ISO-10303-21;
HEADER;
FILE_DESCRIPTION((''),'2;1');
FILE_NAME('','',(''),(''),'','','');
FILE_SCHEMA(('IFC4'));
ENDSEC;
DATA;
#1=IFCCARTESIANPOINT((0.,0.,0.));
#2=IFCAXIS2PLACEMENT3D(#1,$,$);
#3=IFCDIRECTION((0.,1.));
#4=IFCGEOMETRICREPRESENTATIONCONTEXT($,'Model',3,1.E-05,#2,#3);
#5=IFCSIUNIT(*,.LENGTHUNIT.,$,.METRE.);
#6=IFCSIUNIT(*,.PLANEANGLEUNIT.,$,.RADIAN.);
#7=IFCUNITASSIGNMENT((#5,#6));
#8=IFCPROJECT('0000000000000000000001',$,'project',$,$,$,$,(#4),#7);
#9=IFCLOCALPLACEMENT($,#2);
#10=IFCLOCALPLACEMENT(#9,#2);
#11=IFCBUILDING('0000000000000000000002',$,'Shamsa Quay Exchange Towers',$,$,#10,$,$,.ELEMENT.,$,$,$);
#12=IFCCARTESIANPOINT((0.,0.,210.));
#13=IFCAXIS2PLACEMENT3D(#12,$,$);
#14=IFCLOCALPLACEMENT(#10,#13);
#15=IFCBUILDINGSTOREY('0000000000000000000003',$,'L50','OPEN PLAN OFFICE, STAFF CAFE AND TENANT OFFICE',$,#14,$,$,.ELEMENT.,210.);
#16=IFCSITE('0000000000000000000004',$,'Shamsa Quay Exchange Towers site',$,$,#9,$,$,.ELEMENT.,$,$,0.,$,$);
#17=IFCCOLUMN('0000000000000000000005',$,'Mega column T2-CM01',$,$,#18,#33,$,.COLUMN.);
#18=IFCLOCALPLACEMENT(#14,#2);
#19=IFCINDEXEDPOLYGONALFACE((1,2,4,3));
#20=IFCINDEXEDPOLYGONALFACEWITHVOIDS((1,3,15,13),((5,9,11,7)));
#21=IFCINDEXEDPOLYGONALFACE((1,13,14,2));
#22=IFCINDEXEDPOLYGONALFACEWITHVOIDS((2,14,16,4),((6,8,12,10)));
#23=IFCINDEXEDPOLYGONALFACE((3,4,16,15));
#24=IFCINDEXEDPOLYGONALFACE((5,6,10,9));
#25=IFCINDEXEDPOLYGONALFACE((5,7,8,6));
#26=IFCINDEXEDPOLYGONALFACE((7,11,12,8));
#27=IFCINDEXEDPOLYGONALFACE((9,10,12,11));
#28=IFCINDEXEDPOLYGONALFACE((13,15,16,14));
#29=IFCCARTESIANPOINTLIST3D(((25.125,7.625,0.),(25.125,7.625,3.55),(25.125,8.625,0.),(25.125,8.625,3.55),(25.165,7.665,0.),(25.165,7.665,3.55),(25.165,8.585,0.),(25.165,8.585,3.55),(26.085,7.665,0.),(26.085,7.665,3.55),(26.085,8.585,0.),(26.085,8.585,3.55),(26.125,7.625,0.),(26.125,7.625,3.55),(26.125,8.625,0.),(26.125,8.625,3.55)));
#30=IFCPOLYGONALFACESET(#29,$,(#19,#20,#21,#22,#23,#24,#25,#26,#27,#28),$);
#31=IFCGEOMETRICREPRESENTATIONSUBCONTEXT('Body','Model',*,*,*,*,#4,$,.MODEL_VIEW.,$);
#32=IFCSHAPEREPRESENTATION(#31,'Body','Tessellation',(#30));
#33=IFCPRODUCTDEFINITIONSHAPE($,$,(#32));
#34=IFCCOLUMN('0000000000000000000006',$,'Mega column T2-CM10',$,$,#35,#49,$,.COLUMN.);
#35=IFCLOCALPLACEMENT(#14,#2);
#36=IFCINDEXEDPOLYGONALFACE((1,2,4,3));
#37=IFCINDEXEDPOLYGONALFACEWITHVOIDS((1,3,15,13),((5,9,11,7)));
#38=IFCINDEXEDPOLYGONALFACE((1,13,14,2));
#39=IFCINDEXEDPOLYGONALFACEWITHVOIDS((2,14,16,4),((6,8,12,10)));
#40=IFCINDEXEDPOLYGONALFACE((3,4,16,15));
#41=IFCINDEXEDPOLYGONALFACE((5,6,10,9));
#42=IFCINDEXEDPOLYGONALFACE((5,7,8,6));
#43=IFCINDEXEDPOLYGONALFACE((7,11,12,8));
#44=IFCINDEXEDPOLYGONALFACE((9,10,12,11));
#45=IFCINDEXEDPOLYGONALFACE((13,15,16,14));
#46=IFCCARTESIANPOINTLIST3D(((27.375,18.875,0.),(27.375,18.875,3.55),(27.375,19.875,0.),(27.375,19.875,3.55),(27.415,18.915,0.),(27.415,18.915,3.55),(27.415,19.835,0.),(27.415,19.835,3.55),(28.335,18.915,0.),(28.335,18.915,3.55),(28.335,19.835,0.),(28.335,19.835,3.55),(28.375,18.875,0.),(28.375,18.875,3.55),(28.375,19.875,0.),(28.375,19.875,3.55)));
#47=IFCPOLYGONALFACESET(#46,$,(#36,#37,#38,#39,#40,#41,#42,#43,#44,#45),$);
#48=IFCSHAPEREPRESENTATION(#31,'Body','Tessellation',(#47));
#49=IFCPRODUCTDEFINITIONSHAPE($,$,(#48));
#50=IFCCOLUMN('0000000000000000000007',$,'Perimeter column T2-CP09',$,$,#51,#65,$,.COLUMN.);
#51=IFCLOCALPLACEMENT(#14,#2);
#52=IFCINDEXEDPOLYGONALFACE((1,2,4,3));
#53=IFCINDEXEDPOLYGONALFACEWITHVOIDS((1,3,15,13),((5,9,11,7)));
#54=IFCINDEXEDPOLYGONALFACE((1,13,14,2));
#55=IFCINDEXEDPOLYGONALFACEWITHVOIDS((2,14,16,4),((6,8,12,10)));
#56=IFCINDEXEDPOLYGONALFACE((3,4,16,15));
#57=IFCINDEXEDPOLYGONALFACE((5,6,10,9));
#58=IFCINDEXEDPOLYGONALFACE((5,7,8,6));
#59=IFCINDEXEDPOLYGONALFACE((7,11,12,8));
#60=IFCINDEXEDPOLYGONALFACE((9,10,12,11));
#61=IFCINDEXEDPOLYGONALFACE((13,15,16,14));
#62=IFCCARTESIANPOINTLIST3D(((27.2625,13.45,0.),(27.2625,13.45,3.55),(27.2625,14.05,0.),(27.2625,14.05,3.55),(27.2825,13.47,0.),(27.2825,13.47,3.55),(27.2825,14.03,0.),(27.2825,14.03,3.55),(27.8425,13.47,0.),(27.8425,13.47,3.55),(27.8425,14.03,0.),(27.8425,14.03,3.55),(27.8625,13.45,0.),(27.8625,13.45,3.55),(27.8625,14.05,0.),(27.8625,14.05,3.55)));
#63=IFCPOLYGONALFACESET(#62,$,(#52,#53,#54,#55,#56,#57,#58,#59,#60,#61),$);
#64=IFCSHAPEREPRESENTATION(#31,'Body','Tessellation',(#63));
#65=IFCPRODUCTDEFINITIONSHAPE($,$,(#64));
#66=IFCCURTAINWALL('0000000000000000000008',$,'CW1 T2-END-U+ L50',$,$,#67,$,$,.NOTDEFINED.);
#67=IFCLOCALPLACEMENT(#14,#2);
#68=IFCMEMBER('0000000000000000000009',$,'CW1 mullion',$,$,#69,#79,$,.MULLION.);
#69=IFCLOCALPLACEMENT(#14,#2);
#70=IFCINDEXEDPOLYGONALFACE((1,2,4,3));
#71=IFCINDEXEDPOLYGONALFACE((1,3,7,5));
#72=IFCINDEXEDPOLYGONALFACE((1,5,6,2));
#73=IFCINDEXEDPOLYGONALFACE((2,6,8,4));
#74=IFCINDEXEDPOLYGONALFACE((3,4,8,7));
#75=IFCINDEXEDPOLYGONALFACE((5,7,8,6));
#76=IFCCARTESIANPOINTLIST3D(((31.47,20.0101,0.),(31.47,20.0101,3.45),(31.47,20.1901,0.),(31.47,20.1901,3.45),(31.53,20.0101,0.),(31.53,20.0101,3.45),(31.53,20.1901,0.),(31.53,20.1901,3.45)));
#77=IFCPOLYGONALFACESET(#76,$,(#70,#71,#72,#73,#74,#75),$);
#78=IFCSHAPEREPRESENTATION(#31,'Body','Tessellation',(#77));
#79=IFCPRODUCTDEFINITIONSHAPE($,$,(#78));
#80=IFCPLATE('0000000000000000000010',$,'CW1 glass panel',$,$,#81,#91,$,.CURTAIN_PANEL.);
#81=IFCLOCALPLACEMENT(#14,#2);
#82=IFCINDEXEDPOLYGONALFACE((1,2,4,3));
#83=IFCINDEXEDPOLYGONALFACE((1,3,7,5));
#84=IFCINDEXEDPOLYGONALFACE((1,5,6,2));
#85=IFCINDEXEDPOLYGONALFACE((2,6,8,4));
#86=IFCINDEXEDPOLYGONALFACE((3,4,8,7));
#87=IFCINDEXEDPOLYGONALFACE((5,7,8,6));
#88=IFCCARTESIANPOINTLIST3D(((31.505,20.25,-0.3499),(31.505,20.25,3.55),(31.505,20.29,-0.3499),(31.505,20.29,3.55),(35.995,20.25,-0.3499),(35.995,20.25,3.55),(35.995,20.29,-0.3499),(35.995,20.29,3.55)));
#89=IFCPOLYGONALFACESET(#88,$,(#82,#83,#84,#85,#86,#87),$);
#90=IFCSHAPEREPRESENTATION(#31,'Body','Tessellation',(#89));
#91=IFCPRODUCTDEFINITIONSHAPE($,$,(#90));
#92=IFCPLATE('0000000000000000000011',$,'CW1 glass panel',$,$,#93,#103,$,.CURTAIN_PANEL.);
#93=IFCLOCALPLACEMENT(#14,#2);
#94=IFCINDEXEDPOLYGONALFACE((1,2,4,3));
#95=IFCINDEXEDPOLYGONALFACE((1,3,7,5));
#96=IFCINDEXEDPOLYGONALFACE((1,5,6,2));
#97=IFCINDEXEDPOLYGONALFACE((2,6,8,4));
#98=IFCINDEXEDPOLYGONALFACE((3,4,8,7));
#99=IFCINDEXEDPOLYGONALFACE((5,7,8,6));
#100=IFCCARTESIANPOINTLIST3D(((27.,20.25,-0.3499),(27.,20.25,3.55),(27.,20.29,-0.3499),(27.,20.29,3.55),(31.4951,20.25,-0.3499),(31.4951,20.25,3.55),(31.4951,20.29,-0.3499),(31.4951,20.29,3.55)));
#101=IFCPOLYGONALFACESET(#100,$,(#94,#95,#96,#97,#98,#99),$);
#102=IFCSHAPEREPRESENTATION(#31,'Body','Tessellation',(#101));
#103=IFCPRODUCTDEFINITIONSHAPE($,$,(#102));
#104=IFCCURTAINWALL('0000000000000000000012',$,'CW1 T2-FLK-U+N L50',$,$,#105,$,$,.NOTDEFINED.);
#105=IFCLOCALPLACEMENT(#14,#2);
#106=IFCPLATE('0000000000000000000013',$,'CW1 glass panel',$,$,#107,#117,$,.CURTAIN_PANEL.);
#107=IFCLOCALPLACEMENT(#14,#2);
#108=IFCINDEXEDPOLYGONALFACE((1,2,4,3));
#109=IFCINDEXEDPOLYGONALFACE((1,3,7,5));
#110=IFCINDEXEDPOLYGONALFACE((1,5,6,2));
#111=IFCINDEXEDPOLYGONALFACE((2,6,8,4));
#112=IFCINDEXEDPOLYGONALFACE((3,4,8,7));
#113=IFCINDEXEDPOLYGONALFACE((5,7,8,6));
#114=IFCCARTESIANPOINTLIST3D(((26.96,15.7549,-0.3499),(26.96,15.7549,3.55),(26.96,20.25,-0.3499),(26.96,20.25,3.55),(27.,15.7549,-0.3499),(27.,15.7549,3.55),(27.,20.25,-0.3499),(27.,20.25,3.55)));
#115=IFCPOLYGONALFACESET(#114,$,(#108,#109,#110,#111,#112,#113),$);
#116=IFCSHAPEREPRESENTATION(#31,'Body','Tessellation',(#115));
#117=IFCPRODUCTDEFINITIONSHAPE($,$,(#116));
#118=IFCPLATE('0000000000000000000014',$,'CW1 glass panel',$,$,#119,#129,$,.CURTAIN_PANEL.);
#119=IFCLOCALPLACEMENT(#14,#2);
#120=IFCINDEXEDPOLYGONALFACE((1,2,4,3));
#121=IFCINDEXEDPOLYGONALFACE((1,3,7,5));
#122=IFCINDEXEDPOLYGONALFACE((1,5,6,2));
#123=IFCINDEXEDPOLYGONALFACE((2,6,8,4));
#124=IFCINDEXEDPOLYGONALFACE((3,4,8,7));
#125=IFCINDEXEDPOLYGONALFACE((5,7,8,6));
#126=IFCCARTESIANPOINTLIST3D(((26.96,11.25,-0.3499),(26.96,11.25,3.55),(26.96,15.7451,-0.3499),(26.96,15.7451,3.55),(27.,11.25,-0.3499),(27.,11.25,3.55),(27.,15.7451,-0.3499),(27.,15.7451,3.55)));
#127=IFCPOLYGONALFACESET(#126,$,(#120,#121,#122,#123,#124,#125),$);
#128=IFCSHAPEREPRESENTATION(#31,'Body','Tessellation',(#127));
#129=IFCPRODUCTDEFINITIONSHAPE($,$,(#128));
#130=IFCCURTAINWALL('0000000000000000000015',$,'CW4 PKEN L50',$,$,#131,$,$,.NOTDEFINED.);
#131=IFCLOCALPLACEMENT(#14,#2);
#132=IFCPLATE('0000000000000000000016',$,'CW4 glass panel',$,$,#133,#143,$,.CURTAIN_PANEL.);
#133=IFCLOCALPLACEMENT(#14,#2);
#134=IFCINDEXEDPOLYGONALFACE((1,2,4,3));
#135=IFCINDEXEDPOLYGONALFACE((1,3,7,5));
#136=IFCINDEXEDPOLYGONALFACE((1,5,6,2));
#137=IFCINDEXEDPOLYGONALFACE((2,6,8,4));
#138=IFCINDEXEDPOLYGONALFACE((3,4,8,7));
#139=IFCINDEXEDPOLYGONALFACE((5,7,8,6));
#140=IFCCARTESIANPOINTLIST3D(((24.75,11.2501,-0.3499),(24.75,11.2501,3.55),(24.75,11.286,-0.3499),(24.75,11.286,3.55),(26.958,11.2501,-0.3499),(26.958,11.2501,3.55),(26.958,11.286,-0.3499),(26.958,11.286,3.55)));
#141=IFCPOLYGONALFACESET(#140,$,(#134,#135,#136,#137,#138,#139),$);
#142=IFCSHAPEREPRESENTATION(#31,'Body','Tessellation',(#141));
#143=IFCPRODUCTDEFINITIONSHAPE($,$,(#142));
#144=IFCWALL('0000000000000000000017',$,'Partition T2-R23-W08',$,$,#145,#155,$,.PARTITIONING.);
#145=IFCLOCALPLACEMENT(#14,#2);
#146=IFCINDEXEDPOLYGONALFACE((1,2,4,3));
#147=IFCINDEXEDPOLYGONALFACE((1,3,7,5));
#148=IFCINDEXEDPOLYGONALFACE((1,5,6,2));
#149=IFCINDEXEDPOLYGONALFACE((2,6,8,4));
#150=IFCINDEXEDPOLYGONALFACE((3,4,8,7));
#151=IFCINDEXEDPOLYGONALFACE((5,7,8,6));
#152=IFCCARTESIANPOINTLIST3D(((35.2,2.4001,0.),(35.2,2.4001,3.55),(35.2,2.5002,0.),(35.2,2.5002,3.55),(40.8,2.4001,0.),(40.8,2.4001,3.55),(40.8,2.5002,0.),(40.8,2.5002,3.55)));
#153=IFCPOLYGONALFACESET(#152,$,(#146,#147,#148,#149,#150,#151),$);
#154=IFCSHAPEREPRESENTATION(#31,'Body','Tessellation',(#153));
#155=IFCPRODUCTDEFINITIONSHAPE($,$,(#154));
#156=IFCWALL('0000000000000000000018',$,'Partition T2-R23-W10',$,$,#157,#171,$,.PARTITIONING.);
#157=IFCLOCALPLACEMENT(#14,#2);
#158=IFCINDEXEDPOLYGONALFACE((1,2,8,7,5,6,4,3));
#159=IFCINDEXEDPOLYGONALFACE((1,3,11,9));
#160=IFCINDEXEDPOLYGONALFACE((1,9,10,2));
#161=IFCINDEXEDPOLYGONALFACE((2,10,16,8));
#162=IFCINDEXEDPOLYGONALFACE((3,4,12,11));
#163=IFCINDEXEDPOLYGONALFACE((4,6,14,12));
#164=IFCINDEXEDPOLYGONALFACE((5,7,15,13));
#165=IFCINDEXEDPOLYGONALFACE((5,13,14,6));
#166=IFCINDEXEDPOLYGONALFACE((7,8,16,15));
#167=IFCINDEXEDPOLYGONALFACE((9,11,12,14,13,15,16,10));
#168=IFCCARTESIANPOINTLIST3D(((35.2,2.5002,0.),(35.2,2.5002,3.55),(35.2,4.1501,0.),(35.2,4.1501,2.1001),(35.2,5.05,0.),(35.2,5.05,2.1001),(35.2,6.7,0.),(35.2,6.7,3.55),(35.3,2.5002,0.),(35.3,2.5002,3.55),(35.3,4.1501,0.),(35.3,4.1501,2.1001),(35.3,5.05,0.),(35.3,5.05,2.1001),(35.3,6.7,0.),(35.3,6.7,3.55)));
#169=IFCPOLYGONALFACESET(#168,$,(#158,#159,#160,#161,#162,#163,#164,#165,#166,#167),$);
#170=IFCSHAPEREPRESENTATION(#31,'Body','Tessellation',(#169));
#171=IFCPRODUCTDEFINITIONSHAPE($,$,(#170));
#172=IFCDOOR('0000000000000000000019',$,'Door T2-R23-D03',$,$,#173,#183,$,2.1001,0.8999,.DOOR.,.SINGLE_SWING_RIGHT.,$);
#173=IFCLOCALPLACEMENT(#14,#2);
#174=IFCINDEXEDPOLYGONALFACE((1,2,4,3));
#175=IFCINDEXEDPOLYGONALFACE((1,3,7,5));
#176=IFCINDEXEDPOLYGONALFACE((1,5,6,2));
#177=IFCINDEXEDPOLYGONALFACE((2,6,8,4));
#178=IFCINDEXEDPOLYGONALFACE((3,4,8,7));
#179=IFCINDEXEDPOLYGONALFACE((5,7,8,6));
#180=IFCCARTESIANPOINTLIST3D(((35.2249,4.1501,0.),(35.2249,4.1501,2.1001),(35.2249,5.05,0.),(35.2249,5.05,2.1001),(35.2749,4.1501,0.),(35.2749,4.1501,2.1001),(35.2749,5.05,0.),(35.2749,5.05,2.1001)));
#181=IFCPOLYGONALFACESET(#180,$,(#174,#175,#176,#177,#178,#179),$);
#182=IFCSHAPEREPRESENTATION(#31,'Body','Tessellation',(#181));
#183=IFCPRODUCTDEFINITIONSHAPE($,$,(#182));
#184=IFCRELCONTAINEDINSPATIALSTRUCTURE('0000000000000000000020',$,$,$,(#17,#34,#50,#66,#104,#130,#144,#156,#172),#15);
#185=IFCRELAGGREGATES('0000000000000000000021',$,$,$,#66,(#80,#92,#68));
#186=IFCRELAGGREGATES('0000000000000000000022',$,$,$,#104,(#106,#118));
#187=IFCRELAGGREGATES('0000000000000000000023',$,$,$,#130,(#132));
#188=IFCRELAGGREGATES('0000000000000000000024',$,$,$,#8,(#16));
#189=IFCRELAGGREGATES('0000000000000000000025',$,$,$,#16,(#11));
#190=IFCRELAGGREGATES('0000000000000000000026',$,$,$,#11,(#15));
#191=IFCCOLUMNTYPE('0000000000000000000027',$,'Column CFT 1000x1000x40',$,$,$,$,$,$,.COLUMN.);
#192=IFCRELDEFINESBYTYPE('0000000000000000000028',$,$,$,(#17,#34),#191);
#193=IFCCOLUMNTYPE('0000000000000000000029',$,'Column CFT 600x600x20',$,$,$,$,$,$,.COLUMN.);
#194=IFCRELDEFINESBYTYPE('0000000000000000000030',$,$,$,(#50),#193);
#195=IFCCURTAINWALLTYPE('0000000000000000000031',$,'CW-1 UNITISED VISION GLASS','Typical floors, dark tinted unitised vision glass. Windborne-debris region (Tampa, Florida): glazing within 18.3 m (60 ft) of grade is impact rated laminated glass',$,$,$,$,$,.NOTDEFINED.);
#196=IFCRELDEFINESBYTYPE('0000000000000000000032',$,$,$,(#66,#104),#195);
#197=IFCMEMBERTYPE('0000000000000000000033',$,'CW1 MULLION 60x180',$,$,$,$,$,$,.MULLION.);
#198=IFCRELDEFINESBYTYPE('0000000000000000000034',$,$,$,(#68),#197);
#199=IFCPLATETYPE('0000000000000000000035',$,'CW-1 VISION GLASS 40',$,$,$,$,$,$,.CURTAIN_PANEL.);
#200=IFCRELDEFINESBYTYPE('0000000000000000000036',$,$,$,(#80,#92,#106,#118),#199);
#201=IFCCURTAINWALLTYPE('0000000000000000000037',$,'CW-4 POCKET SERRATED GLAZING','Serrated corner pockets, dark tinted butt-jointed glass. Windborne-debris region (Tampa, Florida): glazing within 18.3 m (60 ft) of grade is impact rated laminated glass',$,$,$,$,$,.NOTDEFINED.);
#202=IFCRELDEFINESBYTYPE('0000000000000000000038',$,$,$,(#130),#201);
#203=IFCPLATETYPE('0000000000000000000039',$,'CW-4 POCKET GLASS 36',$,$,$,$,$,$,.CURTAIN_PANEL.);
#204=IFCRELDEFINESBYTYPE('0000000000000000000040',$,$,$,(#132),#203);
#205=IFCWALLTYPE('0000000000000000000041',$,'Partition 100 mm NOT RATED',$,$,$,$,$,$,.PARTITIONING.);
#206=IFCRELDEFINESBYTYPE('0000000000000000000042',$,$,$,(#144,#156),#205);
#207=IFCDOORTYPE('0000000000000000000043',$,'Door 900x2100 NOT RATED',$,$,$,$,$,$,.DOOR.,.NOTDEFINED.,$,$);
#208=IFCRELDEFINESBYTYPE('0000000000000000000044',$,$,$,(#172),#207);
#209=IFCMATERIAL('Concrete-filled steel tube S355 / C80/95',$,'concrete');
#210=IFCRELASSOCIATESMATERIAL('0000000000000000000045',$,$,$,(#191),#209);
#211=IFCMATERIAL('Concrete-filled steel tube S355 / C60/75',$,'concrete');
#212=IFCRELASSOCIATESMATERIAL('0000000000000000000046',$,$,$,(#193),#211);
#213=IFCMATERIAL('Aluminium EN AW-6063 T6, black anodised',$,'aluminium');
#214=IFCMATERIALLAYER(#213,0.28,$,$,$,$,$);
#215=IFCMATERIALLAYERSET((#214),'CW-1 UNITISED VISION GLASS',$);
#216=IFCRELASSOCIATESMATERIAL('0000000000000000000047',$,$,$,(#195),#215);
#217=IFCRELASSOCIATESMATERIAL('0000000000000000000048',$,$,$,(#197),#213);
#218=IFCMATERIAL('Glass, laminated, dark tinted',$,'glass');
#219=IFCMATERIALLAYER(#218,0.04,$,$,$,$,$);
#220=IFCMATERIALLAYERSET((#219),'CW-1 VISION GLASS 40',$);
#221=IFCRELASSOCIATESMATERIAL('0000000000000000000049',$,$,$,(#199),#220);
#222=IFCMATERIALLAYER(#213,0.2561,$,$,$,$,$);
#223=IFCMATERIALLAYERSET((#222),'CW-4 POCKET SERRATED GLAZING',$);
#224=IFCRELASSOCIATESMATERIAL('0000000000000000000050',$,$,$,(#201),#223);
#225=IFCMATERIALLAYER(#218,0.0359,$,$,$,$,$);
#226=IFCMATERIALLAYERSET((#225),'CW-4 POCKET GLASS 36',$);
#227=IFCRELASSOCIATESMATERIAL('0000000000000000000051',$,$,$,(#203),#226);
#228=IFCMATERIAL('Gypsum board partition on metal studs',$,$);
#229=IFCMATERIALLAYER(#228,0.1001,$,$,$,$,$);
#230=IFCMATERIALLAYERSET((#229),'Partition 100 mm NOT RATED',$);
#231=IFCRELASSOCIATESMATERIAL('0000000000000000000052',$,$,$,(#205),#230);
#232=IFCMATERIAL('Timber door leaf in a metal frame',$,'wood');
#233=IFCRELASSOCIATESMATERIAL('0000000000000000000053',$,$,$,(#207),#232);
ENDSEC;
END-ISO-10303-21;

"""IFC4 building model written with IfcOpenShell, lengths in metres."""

from ifc_helpers import new_model, si_unit, direction, frame, frame_2d, origin, origin_2d, place, context, subcontext, project, spatial, rectangle, hollow_rectangle, extrude, material, layer, layer_set, material_profile, profile_set, type_object, element, fill, aggregate, save


model = new_model("IFC4")

# Units and contexts
model_context = context("Model", 3, precision=1e-05, world=origin(), true_north=direction((0.0, 1.0)))
body_context = subcontext(model_context, "Body", "Model", "MODEL_VIEW")
ifc_project = project(units=[si_unit("LENGTHUNIT", "METRE"), si_unit("PLANEANGLEUNIT", "RADIAN")], contexts=[model_context])

# Site, building, storey
site_placement = place(None, origin())
site = spatial("IfcSite", under=ifc_project, at=site_placement, Name="Shamsa Quay Exchange Towers site", CompositionType="ELEMENT", RefElevation=0.0)
building_placement = place(site_placement, origin())
building = spatial("IfcBuilding", under=site, at=building_placement, Name="Shamsa Quay Exchange Towers", CompositionType="ELEMENT")
storey_placement = place(building_placement, frame((0.0, 0.0, 210.0)))
storey = spatial("IfcBuildingStorey", under=building, at=storey_placement, Name="L50", Description="OPEN PLAN OFFICE, STAFF CAFE AND TENANT OFFICE", CompositionType="ELEMENT", Elevation=210.0)

# Columns
ifc_material_1 = material(Name="Concrete-filled steel tube S355 / C80/95", Category="concrete")
ifc_material_profile_1 = material_profile(ifc_material_1, hollow_rectangle(XDim=1.0, YDim=1.0, WallThickness=0.04, at=origin_2d()), Name="CFT 1000x1000x40")
ifc_profile_set_1 = profile_set([ifc_material_profile_1], Name="Concrete-filled steel tube S355 / C80/95")
column_type_1 = type_object("IfcColumnType", Name="Column CFT 1000x1000x40", PredefinedType="COLUMN", material=ifc_profile_set_1)
for number, where, name in (
    (1, (25.625, 8.125, 0.0), "Mega column T2-CM01"),
    (2, (27.875, 19.375, 0.0), "Mega column T2-CM10"),
):
    element("IfcColumn", number, at=place(storey_placement, frame(where)), inside=storey, type_object=column_type_1, Name=name, PredefinedType="COLUMN", context=body_context, shape_type="SweptSolid", body=[
        extrude(hollow_rectangle(XDim=1.0, YDim=1.0, WallThickness=0.04, at=origin_2d()), origin(), (0.0, 0.0, 1.0), 3.55),
    ])
ifc_material_2 = material(Name="Concrete-filled steel tube S355 / C60/75", Category="concrete")
ifc_material_profile_2 = material_profile(ifc_material_2, hollow_rectangle(XDim=0.6001, YDim=0.6001, WallThickness=0.02, at=origin_2d()), Name="CFT 600x600x20")
ifc_profile_set_2 = profile_set([ifc_material_profile_2], Name="Concrete-filled steel tube S355 / C60/75")
column_type_2 = type_object("IfcColumnType", Name="Column CFT 600x600x20", PredefinedType="COLUMN", material=ifc_profile_set_2)
column_placement = place(storey_placement, frame((27.5625, 13.75, 0.0)))
element("IfcColumn", 3, at=column_placement, inside=storey, type_object=column_type_2, Name="Perimeter column T2-CP09", PredefinedType="COLUMN", context=body_context, shape_type="SweptSolid", body=[
    extrude(hollow_rectangle(XDim=0.6001, YDim=0.6001, WallThickness=0.02, at=origin_2d()), origin(), (0.0, 0.0, 1.0), 3.55),
])

# Curtain wall, member, plates
ifc_material_3 = material(Name="Aluminium EN AW-6063 T6, black anodised", Category="aluminium")
ifc_layer_1 = layer(ifc_material_3, 0.28)
ifc_layer_set_1 = layer_set([ifc_layer_1], Name="CW-1 UNITISED VISION GLASS")
curtain_wall_type_1 = type_object("IfcCurtainWallType", Name="CW-1 UNITISED VISION GLASS", Description="Typical floors, dark tinted unitised vision glass. Windborne-debris region (Tampa, Florida): glazing within 18.3 m (60 ft) of grade is impact rated laminated glass", PredefinedType="NOTDEFINED", material=ifc_layer_set_1)
curtain_wall_1_placement = place(storey_placement, origin())
curtain_wall_1 = element("IfcCurtainWall", 4, at=curtain_wall_1_placement, inside=storey, type_object=curtain_wall_type_1, Name="CW1 T2-END-U+ L50", PredefinedType="NOTDEFINED")
ifc_material_profile_3 = material_profile(ifc_material_3, rectangle(XDim=0.1799, YDim=0.0601, at=origin_2d()), Name="MU60x180")
ifc_profile_set_3 = profile_set([ifc_material_profile_3], Name="Aluminium EN AW-6063 T6, black anodised")
member_type = type_object("IfcMemberType", Name="CW1 MULLION 60x180", PredefinedType="MULLION", material=ifc_profile_set_3)
member_placement = place(storey_placement, frame((31.5, 20.1001, 0.0), z_axis=(0.0, 0.0, 1.0), x_axis=(0.0, -1.0, 0.0)))
member = element("IfcMember", 5, at=member_placement, type_object=member_type, Name="CW1 mullion", PredefinedType="MULLION", context=body_context, shape_type="SweptSolid", body=[
    extrude(rectangle(XDim=0.1799, YDim=0.0601, at=origin_2d()), origin(), (0.0, 0.0, 1.0), 3.45),
])
ifc_material_4 = material(Name="Glass, laminated, dark tinted", Category="glass")
ifc_layer_2 = layer(ifc_material_4, 0.04)
ifc_layer_set_2 = layer_set([ifc_layer_2], Name="CW-1 VISION GLASS 40")
plate_type_1 = type_object("IfcPlateType", Name="CW-1 VISION GLASS 40", PredefinedType="CURTAIN_PANEL", material=ifc_layer_set_2)
plate_1_placement = place(storey_placement, frame((33.75, 20.27, -0.3499), z_axis=(0.0, 0.0, 1.0), x_axis=(-1.0, 0.0, 0.0)))
plate_1 = element("IfcPlate", 6, at=plate_1_placement, type_object=plate_type_1, Name="CW1 glass panel", PredefinedType="CURTAIN_PANEL", context=body_context, shape_type="SweptSolid", body=[
    extrude(rectangle(XDim=4.49, YDim=0.04, at=origin_2d()), origin(), (0.0, 0.0, 1.0), 3.8999),
])
plate_2_placement = place(storey_placement, frame((29.2476, 20.27, -0.3499), z_axis=(0.0, 0.0, 1.0), x_axis=(-1.0, 0.0, 0.0)))
plate_2 = element("IfcPlate", 7, at=plate_2_placement, type_object=plate_type_1, Name="CW1 glass panel", PredefinedType="CURTAIN_PANEL", context=body_context, shape_type="SweptSolid", body=[
    extrude(rectangle(XDim=4.4951, YDim=0.04, at=origin_2d()), origin(), (0.0, 0.0, 1.0), 3.8999),
])
aggregate(curtain_wall_1, [plate_1, plate_2, member])

# Curtain wall, plates
curtain_wall_2_placement = place(storey_placement, origin())
curtain_wall_2 = element("IfcCurtainWall", 8, at=curtain_wall_2_placement, inside=storey, type_object=curtain_wall_type_1, Name="CW1 T2-FLK-U+N L50", PredefinedType="NOTDEFINED")
plate_3_placement = place(storey_placement, frame((26.98, 18.0024, -0.3499), z_axis=(0.0, 0.0, 1.0), x_axis=(0.0, -1.0, 0.0)))
plate_3 = element("IfcPlate", 9, at=plate_3_placement, type_object=plate_type_1, Name="CW1 glass panel", PredefinedType="CURTAIN_PANEL", context=body_context, shape_type="SweptSolid", body=[
    extrude(rectangle(XDim=4.4951, YDim=0.04, at=origin_2d()), origin(), (0.0, 0.0, 1.0), 3.8999),
])
plate_4_placement = place(storey_placement, frame((26.98, 13.4976, -0.3499), z_axis=(0.0, 0.0, 1.0), x_axis=(0.0, -1.0, 0.0)))
plate_4 = element("IfcPlate", 10, at=plate_4_placement, type_object=plate_type_1, Name="CW1 glass panel", PredefinedType="CURTAIN_PANEL", context=body_context, shape_type="SweptSolid", body=[
    extrude(rectangle(XDim=4.4951, YDim=0.04, at=origin_2d()), origin(), (0.0, 0.0, 1.0), 3.8999),
])
aggregate(curtain_wall_2, [plate_3, plate_4])

# Curtain wall, plate
ifc_layer_3 = layer(ifc_material_3, 0.2561)
ifc_layer_set_3 = layer_set([ifc_layer_3], Name="CW-4 POCKET SERRATED GLAZING")
curtain_wall_type_2 = type_object("IfcCurtainWallType", Name="CW-4 POCKET SERRATED GLAZING", Description="Serrated corner pockets, dark tinted butt-jointed glass. Windborne-debris region (Tampa, Florida): glazing within 18.3 m (60 ft) of grade is impact rated laminated glass", PredefinedType="NOTDEFINED", material=ifc_layer_set_3)
curtain_wall_3_placement = place(storey_placement, origin())
curtain_wall_3 = element("IfcCurtainWall", 11, at=curtain_wall_3_placement, inside=storey, type_object=curtain_wall_type_2, Name="CW4 PKEN L50", PredefinedType="NOTDEFINED")
ifc_layer_4 = layer(ifc_material_4, 0.0359)
ifc_layer_set_4 = layer_set([ifc_layer_4], Name="CW-4 POCKET GLASS 36")
plate_type_2 = type_object("IfcPlateType", Name="CW-4 POCKET GLASS 36", PredefinedType="CURTAIN_PANEL", material=ifc_layer_set_4)
plate_5_placement = place(storey_placement, frame((25.854, 11.2681, -0.3499), z_axis=(0.0, 0.0, 1.0), x_axis=(-1.0, 0.0, 0.0)))
plate_5 = element("IfcPlate", 12, at=plate_5_placement, type_object=plate_type_2, Name="CW4 glass panel", PredefinedType="CURTAIN_PANEL", context=body_context, shape_type="SweptSolid", body=[
    extrude(rectangle(XDim=2.208, YDim=0.0359, at=origin_2d()), origin(), (0.0, 0.0, 1.0), 3.8999),
])
aggregate(curtain_wall_3, [plate_5])

# Wall
ifc_material_5 = material(Name="Gypsum board partition on metal studs")
ifc_layer_5 = layer(ifc_material_5, 0.1001)
ifc_layer_set_5 = layer_set([ifc_layer_5], Name="Partition 100 mm NOT RATED")
wall_type_1 = type_object("IfcWallType", Name="Partition 100 mm NOT RATED", PredefinedType="PARTITIONING", material=ifc_layer_set_5)
wall_1_placement = place(storey_placement, frame((35.2, 2.4502, 0.0)))
element("IfcWall", 13, at=wall_1_placement, inside=storey, type_object=wall_type_1, Name="Partition T2-R23-W08", PredefinedType="PARTITIONING", context=body_context, shape_type="SweptSolid", body=[
    extrude(rectangle(XDim=5.6001, YDim=0.1001, at=frame_2d((2.8, 0.0))), origin(), (0.0, 0.0, 1.0), 3.55),
])

# Wall, opening, door
wall_2_placement = place(storey_placement, frame((35.25, 6.7, 0.0), z_axis=(0.0, 0.0, 1.0), x_axis=(0.0, -1.0, 0.0)))
wall_2 = element("IfcWall", 14, at=wall_2_placement, inside=storey, type_object=wall_type_1, Name="Partition T2-R23-W10", PredefinedType="PARTITIONING", context=body_context, shape_type="SweptSolid", body=[
    extrude(rectangle(XDim=4.1997, YDim=0.1001, at=frame_2d((2.0999, 0.0))), origin(), (0.0, 0.0, 1.0), 3.55),
])
opening_1_placement = place(wall_2_placement, frame((1.6499, 0.0, 0.0)))
opening_1 = element("IfcOpeningElement", 15, at=opening_1_placement, cuts=wall_2, PredefinedType="OPENING", context=body_context, shape_type="SweptSolid", body=[
    extrude(rectangle(XDim=0.8999, YDim=2.1001, at=frame_2d((0.45, 1.05))), frame((0.0, 0.0601, 0.0), z_axis=(0.0, -1.0, 0.0), x_axis=(1.0, 0.0, 0.0)), (0.0, 0.0, 1.0), 0.1201),
])
ifc_material_6 = material(Name="Timber door leaf in a metal frame", Category="wood")
door_type_1 = type_object("IfcDoorType", Name="Door 900x2100 NOT RATED", OperationType="NOTDEFINED", PredefinedType="DOOR", material=ifc_material_6)
door_1_placement = place(opening_1_placement, origin())
door_1 = element("IfcDoor", 16, at=door_1_placement, inside=storey, type_object=door_type_1, Name="Door T2-R23-D03", OperationType="SINGLE_SWING_RIGHT", OverallHeight=2.1001, OverallWidth=0.8999, PredefinedType="DOOR", context=body_context, shape_type="SweptSolid", body=[
    extrude(rectangle(XDim=0.8999, YDim=2.1001, at=frame_2d((0.45, 1.05))), frame((0.0, 0.0249, 0.0), z_axis=(0.0, -1.0, 0.0), x_axis=(1.0, 0.0, 0.0)), (0.0, 0.0, 1.0), 0.05),
])
fill(opening_1, door_1)

save(model, "model.ifc")
